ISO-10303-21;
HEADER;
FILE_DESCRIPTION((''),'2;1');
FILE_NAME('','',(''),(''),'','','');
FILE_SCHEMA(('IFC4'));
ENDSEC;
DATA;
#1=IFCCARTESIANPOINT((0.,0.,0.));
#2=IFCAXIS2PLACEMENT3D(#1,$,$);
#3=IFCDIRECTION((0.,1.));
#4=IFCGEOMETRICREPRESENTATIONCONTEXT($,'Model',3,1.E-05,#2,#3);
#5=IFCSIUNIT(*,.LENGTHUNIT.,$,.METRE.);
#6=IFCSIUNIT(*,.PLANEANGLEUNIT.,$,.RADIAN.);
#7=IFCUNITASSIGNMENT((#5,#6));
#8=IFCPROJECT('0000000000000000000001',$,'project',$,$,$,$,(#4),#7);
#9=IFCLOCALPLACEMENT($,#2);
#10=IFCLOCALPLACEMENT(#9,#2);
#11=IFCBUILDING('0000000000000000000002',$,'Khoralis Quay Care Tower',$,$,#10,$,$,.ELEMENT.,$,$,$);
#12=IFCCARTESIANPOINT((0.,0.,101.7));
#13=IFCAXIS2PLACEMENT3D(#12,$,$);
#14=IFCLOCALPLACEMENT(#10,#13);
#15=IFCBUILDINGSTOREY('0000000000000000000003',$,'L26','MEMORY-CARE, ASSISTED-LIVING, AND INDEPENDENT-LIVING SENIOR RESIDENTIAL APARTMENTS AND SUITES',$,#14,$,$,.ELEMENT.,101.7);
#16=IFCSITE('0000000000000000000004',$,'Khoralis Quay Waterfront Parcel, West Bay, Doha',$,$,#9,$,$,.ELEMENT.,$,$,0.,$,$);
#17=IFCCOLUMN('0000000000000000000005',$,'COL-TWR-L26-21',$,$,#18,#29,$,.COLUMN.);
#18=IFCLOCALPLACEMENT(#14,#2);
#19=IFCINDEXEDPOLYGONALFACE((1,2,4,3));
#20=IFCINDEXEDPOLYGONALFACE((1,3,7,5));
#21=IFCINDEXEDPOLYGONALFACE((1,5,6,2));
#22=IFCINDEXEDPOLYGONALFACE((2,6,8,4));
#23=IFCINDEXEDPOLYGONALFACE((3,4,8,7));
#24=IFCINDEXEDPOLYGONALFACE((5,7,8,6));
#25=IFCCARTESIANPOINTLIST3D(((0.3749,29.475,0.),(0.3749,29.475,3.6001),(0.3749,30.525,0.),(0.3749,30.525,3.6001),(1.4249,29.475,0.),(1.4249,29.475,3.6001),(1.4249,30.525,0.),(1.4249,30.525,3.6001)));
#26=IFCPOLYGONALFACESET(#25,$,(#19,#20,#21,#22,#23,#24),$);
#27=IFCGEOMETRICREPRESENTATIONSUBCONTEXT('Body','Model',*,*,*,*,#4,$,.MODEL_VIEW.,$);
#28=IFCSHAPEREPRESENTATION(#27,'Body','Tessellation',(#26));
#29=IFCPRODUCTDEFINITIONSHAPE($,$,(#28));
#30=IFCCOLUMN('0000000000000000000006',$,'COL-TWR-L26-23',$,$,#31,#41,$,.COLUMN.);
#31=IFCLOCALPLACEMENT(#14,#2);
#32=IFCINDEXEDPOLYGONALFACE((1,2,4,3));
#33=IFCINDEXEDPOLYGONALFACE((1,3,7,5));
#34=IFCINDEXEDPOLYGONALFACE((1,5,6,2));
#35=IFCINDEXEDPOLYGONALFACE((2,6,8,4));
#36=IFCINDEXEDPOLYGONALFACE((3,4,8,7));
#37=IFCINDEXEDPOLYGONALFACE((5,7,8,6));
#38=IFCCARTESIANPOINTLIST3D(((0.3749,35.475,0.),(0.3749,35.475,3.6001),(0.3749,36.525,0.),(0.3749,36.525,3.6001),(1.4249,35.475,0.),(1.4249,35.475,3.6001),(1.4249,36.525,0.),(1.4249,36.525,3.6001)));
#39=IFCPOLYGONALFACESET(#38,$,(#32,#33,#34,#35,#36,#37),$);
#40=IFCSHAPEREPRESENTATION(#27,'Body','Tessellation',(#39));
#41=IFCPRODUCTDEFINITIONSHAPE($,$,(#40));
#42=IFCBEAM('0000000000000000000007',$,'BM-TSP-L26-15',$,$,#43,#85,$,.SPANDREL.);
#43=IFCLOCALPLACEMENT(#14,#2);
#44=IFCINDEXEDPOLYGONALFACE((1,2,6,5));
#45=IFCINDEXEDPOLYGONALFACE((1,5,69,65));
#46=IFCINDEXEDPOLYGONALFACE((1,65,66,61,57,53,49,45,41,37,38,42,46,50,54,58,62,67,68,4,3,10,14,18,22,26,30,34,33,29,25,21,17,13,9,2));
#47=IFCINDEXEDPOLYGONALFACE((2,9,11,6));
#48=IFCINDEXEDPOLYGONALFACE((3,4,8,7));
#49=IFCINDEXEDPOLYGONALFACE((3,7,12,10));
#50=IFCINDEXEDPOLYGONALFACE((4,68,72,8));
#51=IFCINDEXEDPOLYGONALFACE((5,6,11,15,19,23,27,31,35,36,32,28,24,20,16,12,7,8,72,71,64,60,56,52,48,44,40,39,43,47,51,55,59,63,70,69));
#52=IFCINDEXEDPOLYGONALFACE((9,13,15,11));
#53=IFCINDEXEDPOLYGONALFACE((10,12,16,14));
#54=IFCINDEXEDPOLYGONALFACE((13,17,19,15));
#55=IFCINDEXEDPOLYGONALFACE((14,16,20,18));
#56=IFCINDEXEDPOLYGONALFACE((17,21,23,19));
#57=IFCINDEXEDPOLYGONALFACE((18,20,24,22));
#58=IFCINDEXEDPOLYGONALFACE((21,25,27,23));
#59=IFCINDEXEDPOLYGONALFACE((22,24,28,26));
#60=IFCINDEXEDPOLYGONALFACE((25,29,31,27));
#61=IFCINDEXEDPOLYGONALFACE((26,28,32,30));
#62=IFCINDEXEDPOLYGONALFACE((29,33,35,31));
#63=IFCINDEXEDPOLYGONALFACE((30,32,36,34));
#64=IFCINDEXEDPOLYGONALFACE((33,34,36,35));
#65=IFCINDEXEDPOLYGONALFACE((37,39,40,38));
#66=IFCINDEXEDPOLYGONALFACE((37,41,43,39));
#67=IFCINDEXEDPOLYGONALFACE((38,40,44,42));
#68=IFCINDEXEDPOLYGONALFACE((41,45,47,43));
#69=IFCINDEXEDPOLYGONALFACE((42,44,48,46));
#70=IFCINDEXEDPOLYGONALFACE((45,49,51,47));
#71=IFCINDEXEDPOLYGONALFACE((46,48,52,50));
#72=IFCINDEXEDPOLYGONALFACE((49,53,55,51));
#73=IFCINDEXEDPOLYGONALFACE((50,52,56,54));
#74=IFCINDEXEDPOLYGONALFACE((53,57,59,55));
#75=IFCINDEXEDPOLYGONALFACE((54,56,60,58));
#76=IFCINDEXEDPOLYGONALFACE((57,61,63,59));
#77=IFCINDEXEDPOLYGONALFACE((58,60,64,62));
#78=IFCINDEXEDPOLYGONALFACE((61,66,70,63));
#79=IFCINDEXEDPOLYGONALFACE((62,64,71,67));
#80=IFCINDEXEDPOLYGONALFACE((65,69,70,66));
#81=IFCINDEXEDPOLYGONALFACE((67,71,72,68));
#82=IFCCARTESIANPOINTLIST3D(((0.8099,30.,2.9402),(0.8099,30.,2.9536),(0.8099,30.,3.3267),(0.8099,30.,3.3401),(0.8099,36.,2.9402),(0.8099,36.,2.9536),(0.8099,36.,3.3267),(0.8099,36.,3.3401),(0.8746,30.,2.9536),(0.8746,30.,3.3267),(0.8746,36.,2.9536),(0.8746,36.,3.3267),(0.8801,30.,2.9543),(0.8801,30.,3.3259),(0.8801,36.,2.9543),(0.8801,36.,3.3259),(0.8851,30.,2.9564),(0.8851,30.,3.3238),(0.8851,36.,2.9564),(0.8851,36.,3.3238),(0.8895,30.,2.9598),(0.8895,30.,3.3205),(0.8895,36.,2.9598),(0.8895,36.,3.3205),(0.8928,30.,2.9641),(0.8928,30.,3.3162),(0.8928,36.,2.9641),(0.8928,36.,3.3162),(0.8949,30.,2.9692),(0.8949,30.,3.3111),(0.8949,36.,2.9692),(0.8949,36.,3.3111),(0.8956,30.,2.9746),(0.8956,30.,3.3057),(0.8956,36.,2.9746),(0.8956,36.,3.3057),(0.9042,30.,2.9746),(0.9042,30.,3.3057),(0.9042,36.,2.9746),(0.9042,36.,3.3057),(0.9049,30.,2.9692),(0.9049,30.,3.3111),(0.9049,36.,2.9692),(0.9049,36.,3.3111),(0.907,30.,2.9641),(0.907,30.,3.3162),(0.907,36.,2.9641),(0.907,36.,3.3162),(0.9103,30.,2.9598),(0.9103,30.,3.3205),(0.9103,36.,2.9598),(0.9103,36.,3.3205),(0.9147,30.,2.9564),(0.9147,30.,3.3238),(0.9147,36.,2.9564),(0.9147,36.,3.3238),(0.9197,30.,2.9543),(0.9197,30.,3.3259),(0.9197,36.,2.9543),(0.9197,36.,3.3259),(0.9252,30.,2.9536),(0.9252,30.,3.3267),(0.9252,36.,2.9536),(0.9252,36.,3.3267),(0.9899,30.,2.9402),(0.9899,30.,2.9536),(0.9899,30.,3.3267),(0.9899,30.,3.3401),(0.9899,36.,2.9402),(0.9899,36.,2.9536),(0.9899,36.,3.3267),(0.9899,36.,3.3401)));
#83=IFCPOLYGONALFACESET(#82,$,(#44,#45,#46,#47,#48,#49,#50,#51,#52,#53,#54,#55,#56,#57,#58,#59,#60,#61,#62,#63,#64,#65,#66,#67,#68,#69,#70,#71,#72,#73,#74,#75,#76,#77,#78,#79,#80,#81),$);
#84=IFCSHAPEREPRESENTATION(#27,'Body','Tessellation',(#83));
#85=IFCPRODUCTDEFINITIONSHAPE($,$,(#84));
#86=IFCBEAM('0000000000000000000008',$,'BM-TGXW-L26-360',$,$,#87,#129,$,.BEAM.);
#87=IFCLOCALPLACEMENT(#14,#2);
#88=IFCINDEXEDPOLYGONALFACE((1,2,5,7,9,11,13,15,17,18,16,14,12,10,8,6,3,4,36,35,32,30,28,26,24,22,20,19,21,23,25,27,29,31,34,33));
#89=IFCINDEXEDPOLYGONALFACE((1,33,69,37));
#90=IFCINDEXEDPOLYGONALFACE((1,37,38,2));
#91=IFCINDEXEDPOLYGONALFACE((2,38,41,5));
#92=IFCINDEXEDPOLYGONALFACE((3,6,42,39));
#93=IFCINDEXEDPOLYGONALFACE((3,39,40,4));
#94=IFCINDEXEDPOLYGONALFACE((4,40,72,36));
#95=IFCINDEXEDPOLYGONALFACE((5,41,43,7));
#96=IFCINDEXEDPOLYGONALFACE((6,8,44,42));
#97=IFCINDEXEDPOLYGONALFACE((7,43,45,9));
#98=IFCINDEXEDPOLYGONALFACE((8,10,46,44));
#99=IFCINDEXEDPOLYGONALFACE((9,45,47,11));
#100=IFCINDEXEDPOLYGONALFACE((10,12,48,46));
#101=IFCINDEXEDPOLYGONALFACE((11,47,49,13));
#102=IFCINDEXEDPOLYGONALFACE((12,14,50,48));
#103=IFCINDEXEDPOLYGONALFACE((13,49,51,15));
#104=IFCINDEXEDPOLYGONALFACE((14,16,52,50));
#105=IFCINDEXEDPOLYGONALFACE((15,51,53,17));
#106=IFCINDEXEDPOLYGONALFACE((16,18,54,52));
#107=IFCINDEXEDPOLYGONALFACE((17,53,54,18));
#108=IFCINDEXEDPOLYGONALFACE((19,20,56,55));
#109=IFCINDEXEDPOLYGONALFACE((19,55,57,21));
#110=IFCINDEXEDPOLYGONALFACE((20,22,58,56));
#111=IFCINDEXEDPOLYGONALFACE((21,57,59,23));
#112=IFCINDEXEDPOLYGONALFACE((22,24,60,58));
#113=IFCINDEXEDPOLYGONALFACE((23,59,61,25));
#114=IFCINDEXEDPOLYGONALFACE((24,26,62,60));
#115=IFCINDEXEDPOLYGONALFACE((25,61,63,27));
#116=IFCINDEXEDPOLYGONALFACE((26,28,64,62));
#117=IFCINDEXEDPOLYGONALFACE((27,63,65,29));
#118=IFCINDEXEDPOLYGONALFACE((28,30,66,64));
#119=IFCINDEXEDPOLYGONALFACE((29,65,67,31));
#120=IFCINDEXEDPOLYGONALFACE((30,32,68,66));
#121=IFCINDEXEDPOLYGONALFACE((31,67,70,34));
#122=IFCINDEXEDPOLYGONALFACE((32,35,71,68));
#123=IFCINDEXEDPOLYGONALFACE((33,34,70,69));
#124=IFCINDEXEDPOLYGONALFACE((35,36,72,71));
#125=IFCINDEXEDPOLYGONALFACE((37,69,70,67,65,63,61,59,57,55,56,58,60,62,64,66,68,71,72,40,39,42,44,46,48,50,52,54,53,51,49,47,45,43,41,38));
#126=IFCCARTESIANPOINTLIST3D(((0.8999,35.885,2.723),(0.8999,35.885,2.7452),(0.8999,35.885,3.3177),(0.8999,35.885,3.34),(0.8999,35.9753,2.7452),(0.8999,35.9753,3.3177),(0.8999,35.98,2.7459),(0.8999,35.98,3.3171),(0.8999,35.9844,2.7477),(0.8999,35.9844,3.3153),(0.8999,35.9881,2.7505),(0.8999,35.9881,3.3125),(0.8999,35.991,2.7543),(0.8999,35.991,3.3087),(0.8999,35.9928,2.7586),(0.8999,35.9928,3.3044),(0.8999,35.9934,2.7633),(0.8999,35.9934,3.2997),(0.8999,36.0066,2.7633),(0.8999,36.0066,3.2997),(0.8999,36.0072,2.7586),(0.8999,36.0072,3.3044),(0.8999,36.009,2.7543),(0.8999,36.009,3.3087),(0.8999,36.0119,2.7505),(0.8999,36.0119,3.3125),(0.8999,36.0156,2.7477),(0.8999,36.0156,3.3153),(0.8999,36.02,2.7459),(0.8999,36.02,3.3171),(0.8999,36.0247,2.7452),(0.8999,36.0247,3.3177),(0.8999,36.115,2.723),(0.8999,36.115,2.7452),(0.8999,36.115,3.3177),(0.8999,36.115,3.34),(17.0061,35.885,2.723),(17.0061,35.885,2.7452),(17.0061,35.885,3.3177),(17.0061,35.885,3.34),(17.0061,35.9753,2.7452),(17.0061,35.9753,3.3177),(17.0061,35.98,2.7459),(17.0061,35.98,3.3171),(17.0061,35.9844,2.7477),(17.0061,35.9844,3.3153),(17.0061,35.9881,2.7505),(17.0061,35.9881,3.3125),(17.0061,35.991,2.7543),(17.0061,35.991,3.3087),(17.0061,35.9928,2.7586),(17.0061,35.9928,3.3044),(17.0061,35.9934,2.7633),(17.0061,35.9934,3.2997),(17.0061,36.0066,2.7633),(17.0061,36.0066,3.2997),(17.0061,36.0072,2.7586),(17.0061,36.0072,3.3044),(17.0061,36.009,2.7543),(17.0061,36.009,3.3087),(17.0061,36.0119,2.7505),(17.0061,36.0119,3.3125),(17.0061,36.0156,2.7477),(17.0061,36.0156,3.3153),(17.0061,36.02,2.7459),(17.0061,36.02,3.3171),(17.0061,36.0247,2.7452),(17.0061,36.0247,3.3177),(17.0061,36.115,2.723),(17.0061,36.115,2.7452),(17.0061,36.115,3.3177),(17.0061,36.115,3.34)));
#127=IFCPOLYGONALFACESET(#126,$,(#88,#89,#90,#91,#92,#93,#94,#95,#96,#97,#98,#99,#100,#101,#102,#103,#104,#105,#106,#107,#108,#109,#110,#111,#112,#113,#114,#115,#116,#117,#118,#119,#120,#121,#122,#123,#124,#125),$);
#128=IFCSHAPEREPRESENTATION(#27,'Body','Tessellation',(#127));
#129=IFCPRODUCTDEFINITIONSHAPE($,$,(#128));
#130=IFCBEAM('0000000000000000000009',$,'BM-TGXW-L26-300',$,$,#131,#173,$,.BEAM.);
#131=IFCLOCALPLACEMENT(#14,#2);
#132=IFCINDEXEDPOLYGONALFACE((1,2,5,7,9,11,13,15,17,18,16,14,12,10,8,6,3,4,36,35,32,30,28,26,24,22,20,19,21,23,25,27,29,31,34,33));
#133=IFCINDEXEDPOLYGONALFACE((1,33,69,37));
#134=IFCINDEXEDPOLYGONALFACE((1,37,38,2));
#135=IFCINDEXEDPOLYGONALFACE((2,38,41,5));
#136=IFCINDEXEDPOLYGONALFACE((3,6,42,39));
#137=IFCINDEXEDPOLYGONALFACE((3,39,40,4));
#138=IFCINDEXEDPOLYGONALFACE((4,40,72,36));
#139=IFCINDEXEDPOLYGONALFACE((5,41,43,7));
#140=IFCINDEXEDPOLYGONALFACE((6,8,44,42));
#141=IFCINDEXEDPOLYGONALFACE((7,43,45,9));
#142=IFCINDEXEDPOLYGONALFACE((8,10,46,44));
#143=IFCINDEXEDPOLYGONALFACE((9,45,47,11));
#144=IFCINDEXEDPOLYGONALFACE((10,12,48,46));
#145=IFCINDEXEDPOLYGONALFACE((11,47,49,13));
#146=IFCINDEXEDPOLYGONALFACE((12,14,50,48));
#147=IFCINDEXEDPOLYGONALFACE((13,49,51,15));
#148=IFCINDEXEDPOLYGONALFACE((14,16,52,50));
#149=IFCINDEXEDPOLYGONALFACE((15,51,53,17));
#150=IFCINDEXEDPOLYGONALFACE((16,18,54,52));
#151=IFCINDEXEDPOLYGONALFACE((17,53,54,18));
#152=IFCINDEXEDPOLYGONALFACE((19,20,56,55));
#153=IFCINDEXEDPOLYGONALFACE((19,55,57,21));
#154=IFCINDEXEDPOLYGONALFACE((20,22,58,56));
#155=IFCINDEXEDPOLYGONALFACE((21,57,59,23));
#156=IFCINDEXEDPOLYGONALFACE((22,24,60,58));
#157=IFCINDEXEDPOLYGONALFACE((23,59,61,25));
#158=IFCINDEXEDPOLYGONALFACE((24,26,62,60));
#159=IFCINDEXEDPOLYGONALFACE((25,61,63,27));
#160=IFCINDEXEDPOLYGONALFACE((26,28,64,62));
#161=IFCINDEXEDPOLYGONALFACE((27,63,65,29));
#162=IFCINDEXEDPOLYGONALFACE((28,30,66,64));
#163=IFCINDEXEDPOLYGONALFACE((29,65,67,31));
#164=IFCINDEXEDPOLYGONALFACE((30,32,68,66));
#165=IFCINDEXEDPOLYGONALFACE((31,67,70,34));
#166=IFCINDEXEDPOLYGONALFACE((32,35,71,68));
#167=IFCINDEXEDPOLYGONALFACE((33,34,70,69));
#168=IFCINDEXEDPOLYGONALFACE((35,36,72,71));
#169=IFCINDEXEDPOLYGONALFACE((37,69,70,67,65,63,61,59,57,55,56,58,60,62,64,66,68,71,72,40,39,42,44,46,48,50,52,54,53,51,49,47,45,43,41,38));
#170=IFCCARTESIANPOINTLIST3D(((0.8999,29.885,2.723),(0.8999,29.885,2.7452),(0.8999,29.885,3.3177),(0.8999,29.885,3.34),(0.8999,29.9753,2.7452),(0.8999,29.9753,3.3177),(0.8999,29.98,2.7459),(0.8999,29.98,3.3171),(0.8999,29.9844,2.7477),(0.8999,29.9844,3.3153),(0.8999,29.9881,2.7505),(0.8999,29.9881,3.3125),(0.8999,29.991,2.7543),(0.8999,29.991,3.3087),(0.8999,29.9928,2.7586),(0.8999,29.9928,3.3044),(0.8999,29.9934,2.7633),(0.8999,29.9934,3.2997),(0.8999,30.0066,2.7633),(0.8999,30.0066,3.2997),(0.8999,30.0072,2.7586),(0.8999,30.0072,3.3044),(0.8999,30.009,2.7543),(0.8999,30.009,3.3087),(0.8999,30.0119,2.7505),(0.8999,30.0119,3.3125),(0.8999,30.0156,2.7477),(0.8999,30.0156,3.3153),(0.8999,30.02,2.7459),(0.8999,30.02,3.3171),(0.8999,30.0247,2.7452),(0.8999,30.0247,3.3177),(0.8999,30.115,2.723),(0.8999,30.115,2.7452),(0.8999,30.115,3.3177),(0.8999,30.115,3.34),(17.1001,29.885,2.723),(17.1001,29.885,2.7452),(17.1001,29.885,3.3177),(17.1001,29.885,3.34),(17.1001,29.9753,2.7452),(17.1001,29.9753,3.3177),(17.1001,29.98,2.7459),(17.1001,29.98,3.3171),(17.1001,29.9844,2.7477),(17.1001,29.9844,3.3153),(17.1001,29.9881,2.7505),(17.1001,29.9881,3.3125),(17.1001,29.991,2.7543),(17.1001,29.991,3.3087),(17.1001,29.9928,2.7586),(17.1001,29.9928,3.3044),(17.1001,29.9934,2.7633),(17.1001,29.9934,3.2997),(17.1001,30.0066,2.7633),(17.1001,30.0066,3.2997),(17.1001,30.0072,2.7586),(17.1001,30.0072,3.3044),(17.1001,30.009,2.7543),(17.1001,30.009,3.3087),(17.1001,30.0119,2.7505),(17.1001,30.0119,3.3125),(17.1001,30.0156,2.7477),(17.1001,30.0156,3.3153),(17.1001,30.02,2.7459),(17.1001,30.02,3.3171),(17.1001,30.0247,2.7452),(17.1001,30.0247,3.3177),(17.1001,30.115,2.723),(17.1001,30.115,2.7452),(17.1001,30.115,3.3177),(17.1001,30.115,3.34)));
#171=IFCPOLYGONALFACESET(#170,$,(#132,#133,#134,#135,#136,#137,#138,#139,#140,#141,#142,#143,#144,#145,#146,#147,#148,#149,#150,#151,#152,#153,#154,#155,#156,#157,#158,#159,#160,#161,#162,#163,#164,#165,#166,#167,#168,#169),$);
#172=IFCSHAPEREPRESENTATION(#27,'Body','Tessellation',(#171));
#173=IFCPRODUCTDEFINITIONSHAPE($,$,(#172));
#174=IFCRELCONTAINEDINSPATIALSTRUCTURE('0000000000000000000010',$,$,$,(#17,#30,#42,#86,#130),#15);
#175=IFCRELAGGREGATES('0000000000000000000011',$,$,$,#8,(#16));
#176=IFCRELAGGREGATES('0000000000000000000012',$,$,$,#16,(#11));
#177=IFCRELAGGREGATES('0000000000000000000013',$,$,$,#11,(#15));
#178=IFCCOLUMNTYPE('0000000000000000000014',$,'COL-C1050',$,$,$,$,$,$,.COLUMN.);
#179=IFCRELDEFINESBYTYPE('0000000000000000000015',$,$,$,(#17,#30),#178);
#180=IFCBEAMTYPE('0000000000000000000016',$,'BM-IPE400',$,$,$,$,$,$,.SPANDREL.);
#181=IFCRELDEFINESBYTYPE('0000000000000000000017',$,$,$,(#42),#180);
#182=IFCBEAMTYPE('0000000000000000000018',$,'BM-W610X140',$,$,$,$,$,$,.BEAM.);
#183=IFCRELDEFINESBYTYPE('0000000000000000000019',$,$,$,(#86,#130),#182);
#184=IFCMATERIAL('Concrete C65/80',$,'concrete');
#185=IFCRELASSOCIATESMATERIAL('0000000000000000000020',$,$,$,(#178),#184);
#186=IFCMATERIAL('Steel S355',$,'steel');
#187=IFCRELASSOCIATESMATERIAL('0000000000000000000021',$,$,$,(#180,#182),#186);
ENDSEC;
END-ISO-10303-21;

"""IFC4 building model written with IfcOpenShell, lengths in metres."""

from ifc_helpers import new_model, si_unit, direction, frame, origin, origin_2d, place, context, subcontext, project, spatial, rectangle, i_section, extrude, source, transform, mapped, material, material_profile, profile_set, type_object, element, save


model = new_model("IFC4")

# Units and contexts
model_context = context("Model", 3, precision=1e-05, world=origin(), true_north=direction((0.0, 1.0)))
body_context = subcontext(model_context, "Body", "Model", "MODEL_VIEW")
ifc_project = project(units=[si_unit("LENGTHUNIT", "METRE"), si_unit("PLANEANGLEUNIT", "RADIAN")], contexts=[model_context])

# Site, building, storey
site_placement = place(None, origin())
site = spatial("IfcSite", under=ifc_project, at=site_placement, Name="Khoralis Quay Waterfront Parcel, West Bay, Doha", CompositionType="ELEMENT", RefElevation=0.0)
building_placement = place(site_placement, origin())
building = spatial("IfcBuilding", under=site, at=building_placement, Name="Khoralis Quay Care Tower", CompositionType="ELEMENT")
storey_placement = place(building_placement, frame((0.0, 0.0, 101.7)))
storey = spatial("IfcBuildingStorey", under=building, at=storey_placement, Name="L26", Description="MEMORY-CARE, ASSISTED-LIVING, AND INDEPENDENT-LIVING SENIOR RESIDENTIAL APARTMENTS AND SUITES", CompositionType="ELEMENT", Elevation=101.7)

# Columns
ifc_material_1 = material(Name="Concrete C65/80", Category="concrete")
ifc_material_profile_1 = material_profile(ifc_material_1, rectangle(XDim=1.05, YDim=1.05, at=origin_2d()), Name="Concrete C65/80")
ifc_profile_set_1 = profile_set([ifc_material_profile_1], Name="Concrete C65/80")
column_type = type_object("IfcColumnType", Name="COL-C1050", PredefinedType="COLUMN", material=ifc_profile_set_1)
shared_shape_1 = source(origin(), body_context, "Body", "SweptSolid", [
    extrude(rectangle(XDim=1.05, YDim=1.05, at=origin_2d()), origin(), (0.0, 0.0, 1.0), 3.6001),
])
for number, where, z_axis, x_axis, name in (
    (1, (0.8999, 30.0, 0.0), (0.0, 0.0, 1.0), (1.0, 0.0, 0.0), "COL-TWR-L26-21"),
    (2, (0.8999, 36.0, 0.0), (0.0, 0.0, 1.0), (1.0, 0.0, 0.0), "COL-TWR-L26-23"),
):
    element("IfcColumn", number, at=place(storey_placement, frame(where, z_axis=z_axis, x_axis=x_axis)), inside=storey, type_object=column_type, Name=name, PredefinedType="COLUMN", context=body_context, shape_type="MappedRepresentation", body=[
        mapped(shared_shape_1, transform((0.0, 0.0, 0.0), scale=1.0)),
    ])

# Beams
ifc_material_2 = material(Name="Steel S355", Category="steel")
ifc_material_profile_2 = material_profile(ifc_material_2, i_section(OverallWidth=0.1799, OverallDepth=0.3999, WebThickness=0.0085, FlangeThickness=0.0134, FilletRadius=0.021, at=origin_2d()), Name="Steel S355")
ifc_profile_set_2 = profile_set([ifc_material_profile_2], Name="Steel S355")
beam_type_1 = type_object("IfcBeamType", Name="BM-IPE400", PredefinedType="SPANDREL", material=ifc_profile_set_2)
shared_shape_2 = source(origin(), body_context, "Body", "SweptSolid", [
    extrude(i_section(OverallWidth=0.1799, OverallDepth=0.3999, WebThickness=0.0085, FlangeThickness=0.0134, FilletRadius=0.021, at=origin_2d()), origin(), (0.0, 0.0, 1.0), 6.0),
])
beam_1_placement = place(storey_placement, frame((0.8999, 30.0, 3.1401), z_axis=(0.0, 1.0, 0.0), x_axis=(-1.0, 0.0, 0.0)))
element("IfcBeam", 3, at=beam_1_placement, inside=storey, type_object=beam_type_1, Name="BM-TSP-L26-15", PredefinedType="SPANDREL", context=body_context, shape_type="MappedRepresentation", body=[
    mapped(shared_shape_2, transform((0.0, 0.0, 0.0), scale=1.0)),
])
ifc_material_profile_3 = material_profile(ifc_material_2, i_section(OverallWidth=0.23, OverallDepth=0.6169, WebThickness=0.0132, FlangeThickness=0.0222, FilletRadius=0.0181, at=origin_2d()), Name="Steel S355")
ifc_profile_set_3 = profile_set([ifc_material_profile_3], Name="Steel S355")
beam_type_2 = type_object("IfcBeamType", Name="BM-W610X140", PredefinedType="BEAM", material=ifc_profile_set_3)
shared_shape_3 = source(origin(), body_context, "Body", "SweptSolid", [
    extrude(i_section(OverallWidth=0.23, OverallDepth=0.6169, WebThickness=0.0132, FlangeThickness=0.0222, FilletRadius=0.0181, at=origin_2d()), origin(), (0.0, 0.0, 1.0), 16.1062),
])
beam_2_placement = place(storey_placement, frame((0.8999, 36.0, 3.0315), z_axis=(1.0, 0.0, 0.0), x_axis=(0.0, 1.0, 0.0)))
element("IfcBeam", 4, at=beam_2_placement, inside=storey, type_object=beam_type_2, Name="BM-TGXW-L26-360", PredefinedType="BEAM", context=body_context, shape_type="MappedRepresentation", body=[
    mapped(shared_shape_3, transform((0.0, 0.0, 0.0), scale=1.0)),
])
shared_shape_4 = source(origin(), body_context, "Body", "SweptSolid", [
    extrude(i_section(OverallWidth=0.23, OverallDepth=0.6169, WebThickness=0.0132, FlangeThickness=0.0222, FilletRadius=0.0181, at=origin_2d()), origin(), (0.0, 0.0, 1.0), 16.2002),
])
beam_3_placement = place(storey_placement, frame((0.8999, 30.0, 3.0315), z_axis=(1.0, 0.0, 0.0), x_axis=(0.0, 1.0, 0.0)))
element("IfcBeam", 5, at=beam_3_placement, inside=storey, type_object=beam_type_2, Name="BM-TGXW-L26-300", PredefinedType="BEAM", context=body_context, shape_type="MappedRepresentation", body=[
    mapped(shared_shape_4, transform((0.0, 0.0, 0.0), scale=1.0)),
])

save(model, "model.ifc")
